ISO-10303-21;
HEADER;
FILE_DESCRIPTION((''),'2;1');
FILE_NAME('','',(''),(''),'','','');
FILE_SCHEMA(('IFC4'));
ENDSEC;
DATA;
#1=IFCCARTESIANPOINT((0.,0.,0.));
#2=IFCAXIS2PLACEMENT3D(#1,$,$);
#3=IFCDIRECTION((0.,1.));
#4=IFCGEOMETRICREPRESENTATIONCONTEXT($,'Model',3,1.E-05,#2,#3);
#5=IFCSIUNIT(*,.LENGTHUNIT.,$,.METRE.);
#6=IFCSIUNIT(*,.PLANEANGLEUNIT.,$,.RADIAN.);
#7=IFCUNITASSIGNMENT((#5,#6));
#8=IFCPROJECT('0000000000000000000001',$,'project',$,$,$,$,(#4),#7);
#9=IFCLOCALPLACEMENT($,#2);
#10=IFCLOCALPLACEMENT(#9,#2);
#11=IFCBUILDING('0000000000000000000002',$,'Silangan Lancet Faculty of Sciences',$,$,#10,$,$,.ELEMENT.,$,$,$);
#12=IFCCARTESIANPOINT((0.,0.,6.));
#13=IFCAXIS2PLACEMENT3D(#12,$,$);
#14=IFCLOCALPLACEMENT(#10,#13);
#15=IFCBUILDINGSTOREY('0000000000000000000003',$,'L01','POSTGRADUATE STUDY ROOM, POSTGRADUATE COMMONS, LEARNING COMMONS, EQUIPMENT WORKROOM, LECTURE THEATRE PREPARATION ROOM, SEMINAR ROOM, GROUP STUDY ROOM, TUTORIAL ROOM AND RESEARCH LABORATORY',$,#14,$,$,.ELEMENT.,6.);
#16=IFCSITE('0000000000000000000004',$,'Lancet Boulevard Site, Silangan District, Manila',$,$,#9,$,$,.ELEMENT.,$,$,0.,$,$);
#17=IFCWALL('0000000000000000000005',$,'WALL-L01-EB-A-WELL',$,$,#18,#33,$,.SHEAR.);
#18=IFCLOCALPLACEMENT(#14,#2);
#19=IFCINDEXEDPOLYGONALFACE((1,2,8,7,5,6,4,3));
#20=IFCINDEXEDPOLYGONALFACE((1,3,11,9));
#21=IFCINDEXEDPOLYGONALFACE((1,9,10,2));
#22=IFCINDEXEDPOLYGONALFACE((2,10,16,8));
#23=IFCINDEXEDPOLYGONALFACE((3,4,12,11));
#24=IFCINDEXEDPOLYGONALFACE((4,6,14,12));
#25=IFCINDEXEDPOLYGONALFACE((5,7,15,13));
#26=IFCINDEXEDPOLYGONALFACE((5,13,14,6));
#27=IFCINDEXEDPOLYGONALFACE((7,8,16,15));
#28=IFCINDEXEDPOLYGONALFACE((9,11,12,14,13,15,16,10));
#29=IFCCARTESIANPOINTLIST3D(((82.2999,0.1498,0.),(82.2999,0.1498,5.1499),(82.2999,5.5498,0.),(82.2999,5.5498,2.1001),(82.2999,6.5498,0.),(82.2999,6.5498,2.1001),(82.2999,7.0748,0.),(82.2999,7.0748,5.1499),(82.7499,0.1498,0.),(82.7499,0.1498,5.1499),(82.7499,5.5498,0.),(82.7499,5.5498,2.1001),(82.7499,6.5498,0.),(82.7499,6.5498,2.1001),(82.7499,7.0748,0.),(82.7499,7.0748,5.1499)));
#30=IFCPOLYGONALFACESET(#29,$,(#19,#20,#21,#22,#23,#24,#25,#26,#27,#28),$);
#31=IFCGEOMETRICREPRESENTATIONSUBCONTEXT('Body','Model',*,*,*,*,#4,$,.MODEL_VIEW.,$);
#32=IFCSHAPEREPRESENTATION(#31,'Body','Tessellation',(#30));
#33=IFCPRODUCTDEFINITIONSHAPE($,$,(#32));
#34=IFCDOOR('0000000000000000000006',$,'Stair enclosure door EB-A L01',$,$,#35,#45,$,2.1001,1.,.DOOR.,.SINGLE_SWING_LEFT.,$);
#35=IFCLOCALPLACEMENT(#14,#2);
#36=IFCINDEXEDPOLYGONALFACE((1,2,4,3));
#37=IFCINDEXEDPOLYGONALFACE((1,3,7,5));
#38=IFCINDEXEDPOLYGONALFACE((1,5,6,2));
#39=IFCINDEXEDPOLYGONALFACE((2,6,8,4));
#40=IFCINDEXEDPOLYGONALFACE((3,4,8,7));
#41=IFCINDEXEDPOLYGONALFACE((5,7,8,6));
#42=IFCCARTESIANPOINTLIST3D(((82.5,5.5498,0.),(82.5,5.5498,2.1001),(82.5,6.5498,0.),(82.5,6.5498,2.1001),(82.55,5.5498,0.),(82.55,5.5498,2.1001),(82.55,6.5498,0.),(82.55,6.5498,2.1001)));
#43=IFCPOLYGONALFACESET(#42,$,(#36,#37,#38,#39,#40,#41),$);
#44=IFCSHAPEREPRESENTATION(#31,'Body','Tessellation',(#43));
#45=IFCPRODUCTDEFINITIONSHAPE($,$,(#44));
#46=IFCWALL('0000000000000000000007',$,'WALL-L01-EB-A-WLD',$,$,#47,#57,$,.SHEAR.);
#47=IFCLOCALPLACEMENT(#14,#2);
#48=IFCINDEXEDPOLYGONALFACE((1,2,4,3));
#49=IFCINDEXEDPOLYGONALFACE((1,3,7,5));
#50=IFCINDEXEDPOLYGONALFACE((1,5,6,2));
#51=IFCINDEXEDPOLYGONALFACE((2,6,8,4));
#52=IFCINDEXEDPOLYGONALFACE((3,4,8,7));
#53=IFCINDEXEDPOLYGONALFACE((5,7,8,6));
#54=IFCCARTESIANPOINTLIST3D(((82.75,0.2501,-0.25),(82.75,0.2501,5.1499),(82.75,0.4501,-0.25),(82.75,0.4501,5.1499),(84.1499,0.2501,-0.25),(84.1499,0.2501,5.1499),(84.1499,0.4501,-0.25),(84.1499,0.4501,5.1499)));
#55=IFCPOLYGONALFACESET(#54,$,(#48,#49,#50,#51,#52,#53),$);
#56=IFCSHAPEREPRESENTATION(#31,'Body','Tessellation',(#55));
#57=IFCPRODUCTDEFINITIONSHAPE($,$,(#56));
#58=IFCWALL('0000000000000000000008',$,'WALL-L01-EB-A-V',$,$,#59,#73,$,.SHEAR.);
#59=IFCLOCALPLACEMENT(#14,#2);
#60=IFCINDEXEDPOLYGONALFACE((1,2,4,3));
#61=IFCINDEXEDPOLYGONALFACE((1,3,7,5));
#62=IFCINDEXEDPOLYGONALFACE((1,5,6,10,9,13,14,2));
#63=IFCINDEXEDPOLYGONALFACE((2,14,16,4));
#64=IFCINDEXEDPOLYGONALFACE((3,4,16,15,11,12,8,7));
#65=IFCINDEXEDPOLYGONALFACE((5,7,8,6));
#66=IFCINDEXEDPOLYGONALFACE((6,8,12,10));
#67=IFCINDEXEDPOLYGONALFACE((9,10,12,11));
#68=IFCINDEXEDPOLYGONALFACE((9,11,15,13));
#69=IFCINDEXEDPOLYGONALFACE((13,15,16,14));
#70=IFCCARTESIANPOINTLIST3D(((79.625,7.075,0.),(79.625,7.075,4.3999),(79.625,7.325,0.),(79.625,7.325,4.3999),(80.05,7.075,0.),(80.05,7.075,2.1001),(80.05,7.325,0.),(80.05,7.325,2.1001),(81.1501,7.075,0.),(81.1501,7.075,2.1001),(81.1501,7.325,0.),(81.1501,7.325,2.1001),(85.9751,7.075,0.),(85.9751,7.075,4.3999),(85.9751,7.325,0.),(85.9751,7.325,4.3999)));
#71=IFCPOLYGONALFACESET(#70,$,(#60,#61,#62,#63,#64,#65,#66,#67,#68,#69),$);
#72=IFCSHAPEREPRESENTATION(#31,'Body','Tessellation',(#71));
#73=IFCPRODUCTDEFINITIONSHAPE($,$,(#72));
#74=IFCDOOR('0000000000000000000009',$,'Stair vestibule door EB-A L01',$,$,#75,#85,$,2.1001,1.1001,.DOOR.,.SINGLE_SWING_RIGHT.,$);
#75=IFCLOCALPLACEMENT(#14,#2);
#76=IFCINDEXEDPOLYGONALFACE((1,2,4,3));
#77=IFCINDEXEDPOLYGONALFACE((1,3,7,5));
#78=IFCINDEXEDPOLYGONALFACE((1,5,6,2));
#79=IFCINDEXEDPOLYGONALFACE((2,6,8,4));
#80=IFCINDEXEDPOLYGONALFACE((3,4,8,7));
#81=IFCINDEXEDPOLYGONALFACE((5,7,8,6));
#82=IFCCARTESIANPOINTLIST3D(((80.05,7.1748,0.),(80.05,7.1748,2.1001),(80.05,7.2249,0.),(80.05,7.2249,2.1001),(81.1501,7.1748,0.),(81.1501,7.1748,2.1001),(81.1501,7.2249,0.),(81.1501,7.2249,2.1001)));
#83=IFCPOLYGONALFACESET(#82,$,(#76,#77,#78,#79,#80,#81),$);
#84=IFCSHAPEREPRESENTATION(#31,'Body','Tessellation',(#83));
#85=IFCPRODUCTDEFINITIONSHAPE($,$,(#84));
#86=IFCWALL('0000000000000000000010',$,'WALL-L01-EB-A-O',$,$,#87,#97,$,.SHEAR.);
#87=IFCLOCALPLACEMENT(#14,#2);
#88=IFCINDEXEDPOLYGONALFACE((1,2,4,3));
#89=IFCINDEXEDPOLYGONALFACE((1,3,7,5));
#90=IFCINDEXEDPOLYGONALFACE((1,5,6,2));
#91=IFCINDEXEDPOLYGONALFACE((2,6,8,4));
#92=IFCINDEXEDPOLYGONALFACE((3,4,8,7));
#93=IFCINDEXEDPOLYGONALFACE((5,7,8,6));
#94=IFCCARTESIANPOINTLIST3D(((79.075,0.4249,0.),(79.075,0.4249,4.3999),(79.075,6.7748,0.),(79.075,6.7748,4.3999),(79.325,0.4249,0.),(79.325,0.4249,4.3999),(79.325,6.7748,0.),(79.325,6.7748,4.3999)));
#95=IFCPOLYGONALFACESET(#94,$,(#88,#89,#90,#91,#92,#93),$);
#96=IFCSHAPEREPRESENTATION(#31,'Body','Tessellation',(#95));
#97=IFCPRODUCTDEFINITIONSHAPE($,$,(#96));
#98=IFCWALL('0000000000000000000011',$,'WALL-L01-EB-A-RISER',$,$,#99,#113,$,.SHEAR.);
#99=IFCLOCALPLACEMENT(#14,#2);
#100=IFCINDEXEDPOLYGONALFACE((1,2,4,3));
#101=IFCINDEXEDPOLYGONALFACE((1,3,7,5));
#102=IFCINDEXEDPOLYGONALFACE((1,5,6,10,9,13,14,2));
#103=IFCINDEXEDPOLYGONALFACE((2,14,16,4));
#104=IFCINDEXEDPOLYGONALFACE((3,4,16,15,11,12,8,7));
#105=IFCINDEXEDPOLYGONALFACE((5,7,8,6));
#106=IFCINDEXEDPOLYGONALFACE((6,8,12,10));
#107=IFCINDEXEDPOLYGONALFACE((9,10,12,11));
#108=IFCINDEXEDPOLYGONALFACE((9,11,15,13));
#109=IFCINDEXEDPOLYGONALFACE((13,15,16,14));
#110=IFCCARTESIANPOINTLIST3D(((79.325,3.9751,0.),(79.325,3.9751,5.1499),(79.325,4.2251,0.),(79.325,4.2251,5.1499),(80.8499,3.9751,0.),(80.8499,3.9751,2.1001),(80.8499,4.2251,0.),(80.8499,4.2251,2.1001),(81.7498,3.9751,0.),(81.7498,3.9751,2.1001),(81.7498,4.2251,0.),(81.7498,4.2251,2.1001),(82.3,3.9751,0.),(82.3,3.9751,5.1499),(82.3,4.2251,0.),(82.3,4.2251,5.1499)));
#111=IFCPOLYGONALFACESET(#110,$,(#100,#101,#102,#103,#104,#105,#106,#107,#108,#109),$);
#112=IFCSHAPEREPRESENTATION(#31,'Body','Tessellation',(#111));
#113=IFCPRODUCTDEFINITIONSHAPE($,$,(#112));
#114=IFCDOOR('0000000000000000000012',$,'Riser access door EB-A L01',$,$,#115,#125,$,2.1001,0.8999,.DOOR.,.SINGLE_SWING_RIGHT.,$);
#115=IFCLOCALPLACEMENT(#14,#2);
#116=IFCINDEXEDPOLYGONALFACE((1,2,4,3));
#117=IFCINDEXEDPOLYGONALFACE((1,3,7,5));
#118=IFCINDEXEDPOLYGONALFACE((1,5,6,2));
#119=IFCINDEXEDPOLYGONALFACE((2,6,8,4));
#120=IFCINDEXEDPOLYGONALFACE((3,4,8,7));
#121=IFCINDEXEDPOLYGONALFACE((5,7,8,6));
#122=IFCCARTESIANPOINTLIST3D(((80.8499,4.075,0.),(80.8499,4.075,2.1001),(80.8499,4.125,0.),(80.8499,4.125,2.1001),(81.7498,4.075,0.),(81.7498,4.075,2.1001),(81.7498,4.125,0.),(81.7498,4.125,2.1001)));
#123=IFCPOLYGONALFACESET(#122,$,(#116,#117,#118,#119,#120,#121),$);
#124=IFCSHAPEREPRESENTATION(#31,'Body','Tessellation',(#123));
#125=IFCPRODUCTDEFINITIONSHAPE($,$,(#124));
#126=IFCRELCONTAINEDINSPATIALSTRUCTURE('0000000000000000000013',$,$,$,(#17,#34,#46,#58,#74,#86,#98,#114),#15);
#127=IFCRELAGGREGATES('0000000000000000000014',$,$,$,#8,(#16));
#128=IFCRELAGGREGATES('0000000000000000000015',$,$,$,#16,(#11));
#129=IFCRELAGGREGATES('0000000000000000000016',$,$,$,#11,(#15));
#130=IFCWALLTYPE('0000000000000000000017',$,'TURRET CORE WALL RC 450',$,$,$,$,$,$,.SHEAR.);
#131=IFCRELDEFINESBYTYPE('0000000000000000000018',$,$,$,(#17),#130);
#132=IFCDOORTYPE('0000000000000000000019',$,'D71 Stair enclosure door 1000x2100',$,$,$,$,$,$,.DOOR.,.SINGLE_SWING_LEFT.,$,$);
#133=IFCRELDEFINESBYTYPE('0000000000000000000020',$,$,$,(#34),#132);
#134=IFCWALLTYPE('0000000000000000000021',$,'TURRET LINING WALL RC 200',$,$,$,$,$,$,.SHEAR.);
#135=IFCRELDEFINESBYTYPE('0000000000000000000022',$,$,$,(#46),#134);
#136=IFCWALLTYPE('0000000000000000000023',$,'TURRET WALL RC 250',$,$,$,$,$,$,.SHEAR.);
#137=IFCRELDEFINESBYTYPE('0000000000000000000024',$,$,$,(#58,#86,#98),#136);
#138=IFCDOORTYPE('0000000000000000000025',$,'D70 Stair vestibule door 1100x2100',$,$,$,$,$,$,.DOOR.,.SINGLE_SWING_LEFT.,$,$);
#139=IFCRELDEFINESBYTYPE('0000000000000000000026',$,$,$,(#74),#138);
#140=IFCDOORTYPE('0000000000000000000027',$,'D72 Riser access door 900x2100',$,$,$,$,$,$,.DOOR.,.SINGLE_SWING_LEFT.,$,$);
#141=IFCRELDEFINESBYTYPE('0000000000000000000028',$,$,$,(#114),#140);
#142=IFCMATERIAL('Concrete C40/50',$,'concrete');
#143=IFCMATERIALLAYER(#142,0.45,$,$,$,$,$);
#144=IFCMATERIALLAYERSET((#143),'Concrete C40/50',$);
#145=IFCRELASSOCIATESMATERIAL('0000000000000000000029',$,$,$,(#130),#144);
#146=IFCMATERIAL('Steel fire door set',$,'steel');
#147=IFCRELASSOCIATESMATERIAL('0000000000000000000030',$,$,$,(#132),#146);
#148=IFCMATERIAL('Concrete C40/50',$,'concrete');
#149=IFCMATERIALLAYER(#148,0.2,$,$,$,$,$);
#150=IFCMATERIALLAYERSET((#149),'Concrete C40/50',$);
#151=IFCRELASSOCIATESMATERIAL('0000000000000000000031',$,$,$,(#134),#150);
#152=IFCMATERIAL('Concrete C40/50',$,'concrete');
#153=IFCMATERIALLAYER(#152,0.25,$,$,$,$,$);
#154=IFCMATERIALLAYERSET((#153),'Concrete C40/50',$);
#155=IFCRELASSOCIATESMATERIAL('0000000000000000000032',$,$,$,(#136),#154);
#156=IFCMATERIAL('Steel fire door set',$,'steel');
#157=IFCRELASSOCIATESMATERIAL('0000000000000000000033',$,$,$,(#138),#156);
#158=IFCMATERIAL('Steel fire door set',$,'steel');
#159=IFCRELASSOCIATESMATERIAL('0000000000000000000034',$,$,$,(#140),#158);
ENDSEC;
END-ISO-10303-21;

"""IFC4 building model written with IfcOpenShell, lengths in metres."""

from ifc_helpers import new_model, si_unit, direction, frame, frame_2d, origin, place, context, subcontext, project, spatial, rectangle, extrude, material, layer, layer_set, type_object, element, fill, save


model = new_model("IFC4")

# Units and contexts
model_context = context("Model", 3, precision=1e-05, world=origin(), true_north=direction((0.0, 1.0)))
body_context = subcontext(model_context, "Body", "Model", "MODEL_VIEW")
ifc_project = project(units=[si_unit("LENGTHUNIT", "METRE"), si_unit("PLANEANGLEUNIT", "RADIAN")], contexts=[model_context])

# Site, building, storey
site_placement = place(None, origin())
site = spatial("IfcSite", under=ifc_project, at=site_placement, Name="Lancet Boulevard Site, Silangan District, Manila", CompositionType="ELEMENT", RefElevation=0.0)
building_placement = place(site_placement, origin())
building = spatial("IfcBuilding", under=site, at=building_placement, Name="Silangan Lancet Faculty of Sciences", CompositionType="ELEMENT")
storey_placement = place(building_placement, frame((0.0, 0.0, 6.0)))
storey = spatial("IfcBuildingStorey", under=building, at=storey_placement, Name="L01", Description="POSTGRADUATE STUDY ROOM, POSTGRADUATE COMMONS, LEARNING COMMONS, EQUIPMENT WORKROOM, LECTURE THEATRE PREPARATION ROOM, SEMINAR ROOM, GROUP STUDY ROOM, TUTORIAL ROOM AND RESEARCH LABORATORY", CompositionType="ELEMENT", Elevation=6.0)

# Wall, opening, door
ifc_material_1 = material(Name="Concrete C40/50", Category="concrete")
ifc_layer_1 = layer(ifc_material_1, 0.45)
ifc_layer_set_1 = layer_set([ifc_layer_1], Name="Concrete C40/50")
wall_type_1 = type_object("IfcWallType", Name="TURRET CORE WALL RC 450", PredefinedType="SHEAR", material=ifc_layer_set_1)
wall_1_placement = place(storey_placement, frame((82.5249, 0.1499, 0.0), z_axis=(0.0, 0.0, 1.0), x_axis=(0.0, 1.0, 0.0)))
wall_1 = element("IfcWall", 1, at=wall_1_placement, inside=storey, type_object=wall_type_1, Name="WALL-L01-EB-A-WELL", PredefinedType="SHEAR", context=body_context, shape_type="SweptSolid", body=[
    extrude(rectangle(XDim=6.925, YDim=0.45, at=frame_2d((3.4624, 0.0))), origin(), (0.0, 0.0, 1.0), 5.1499),
])
opening_1_placement = place(wall_1_placement, frame((5.3999, 0.0, 0.0)))
opening_1 = element("IfcOpeningElement", 2, at=opening_1_placement, cuts=wall_1, PredefinedType="OPENING", context=body_context, shape_type="SweptSolid", body=[
    extrude(rectangle(XDim=1.0, YDim=2.1001, at=frame_2d((0.5, 1.05))), frame((0.0, 0.2349, 0.0), z_axis=(0.0, -1.0, 0.0), x_axis=(1.0, 0.0, 0.0)), (0.0, 0.0, 1.0), 0.47),
])
ifc_material_2 = material(Name="Steel fire door set", Category="steel")
door_type_1 = type_object("IfcDoorType", Name="D71 Stair enclosure door 1000x2100", OperationType="SINGLE_SWING_LEFT", PredefinedType="DOOR", material=ifc_material_2)
door_1_placement = place(opening_1_placement, frame((1.0, 0.0, 0.0), z_axis=(0.0, 0.0, 1.0), x_axis=(-1.0, 0.0, 0.0)))
door_1 = element("IfcDoor", 3, at=door_1_placement, inside=storey, type_object=door_type_1, Name="Stair enclosure door EB-A L01", OperationType="SINGLE_SWING_LEFT", OverallHeight=2.1001, OverallWidth=1.0, PredefinedType="DOOR", context=body_context, shape_type="SweptSolid", body=[
    extrude(rectangle(XDim=1.0, YDim=2.1001, at=frame_2d((0.5, 1.05))), frame((0.0, 0.0251, 0.0), z_axis=(0.0, -1.0, 0.0), x_axis=(1.0, 0.0, 0.0)), (0.0, 0.0, 1.0), 0.05),
])
fill(opening_1, door_1)

# Wall
ifc_material_3 = material(Name="Concrete C40/50", Category="concrete")
ifc_layer_2 = layer(ifc_material_3, 0.2)
ifc_layer_set_2 = layer_set([ifc_layer_2], Name="Concrete C40/50")
wall_type_2 = type_object("IfcWallType", Name="TURRET LINING WALL RC 200", PredefinedType="SHEAR", material=ifc_layer_set_2)
wall_2_placement = place(storey_placement, frame((82.75, 0.3501, -0.25), z_axis=(0.0, 0.0, 1.0), x_axis=(1.0, 0.0, 0.0)))
element("IfcWall", 4, at=wall_2_placement, inside=storey, type_object=wall_type_2, Name="WALL-L01-EB-A-WLD", PredefinedType="SHEAR", context=body_context, shape_type="SweptSolid", body=[
    extrude(rectangle(XDim=1.3999, YDim=0.2, at=frame_2d((0.7, 0.0))), origin(), (0.0, 0.0, 1.0), 5.3999),
])

# Wall, opening, door
ifc_material_4 = material(Name="Concrete C40/50", Category="concrete")
ifc_layer_3 = layer(ifc_material_4, 0.25)
ifc_layer_set_3 = layer_set([ifc_layer_3], Name="Concrete C40/50")
wall_type_3 = type_object("IfcWallType", Name="TURRET WALL RC 250", PredefinedType="SHEAR", material=ifc_layer_set_3)
wall_3_placement = place(storey_placement, frame((79.625, 7.2, 0.0), z_axis=(0.0, 0.0, 1.0), x_axis=(1.0, 0.0, 0.0)))
wall_3 = element("IfcWall", 5, at=wall_3_placement, inside=storey, type_object=wall_type_3, Name="WALL-L01-EB-A-V", PredefinedType="SHEAR", context=body_context, shape_type="SweptSolid", body=[
    extrude(rectangle(XDim=6.3501, YDim=0.25, at=frame_2d((3.175, 0.0))), origin(), (0.0, 0.0, 1.0), 4.3999),
])
opening_2_placement = place(wall_3_placement, frame((0.425, 0.0, 0.0)))
opening_2 = element("IfcOpeningElement", 6, at=opening_2_placement, cuts=wall_3, PredefinedType="OPENING", context=body_context, shape_type="SweptSolid", body=[
    extrude(rectangle(XDim=1.1001, YDim=2.1001, at=frame_2d((0.55, 1.05))), frame((0.0, 0.135, 0.0), z_axis=(0.0, -1.0, 0.0), x_axis=(1.0, 0.0, 0.0)), (0.0, 0.0, 1.0), 0.27),
])
ifc_material_5 = material(Name="Steel fire door set", Category="steel")
door_type_2 = type_object("IfcDoorType", Name="D70 Stair vestibule door 1100x2100", OperationType="SINGLE_SWING_LEFT", PredefinedType="DOOR", material=ifc_material_5)
door_2_placement = place(opening_2_placement, frame((1.1001, 0.0, 0.0), z_axis=(0.0, 0.0, 1.0), x_axis=(-1.0, 0.0, 0.0)))
door_2 = element("IfcDoor", 7, at=door_2_placement, inside=storey, type_object=door_type_2, Name="Stair vestibule door EB-A L01", OperationType="SINGLE_SWING_RIGHT", OverallHeight=2.1001, OverallWidth=1.1001, PredefinedType="DOOR", context=body_context, shape_type="SweptSolid", body=[
    extrude(rectangle(XDim=1.1001, YDim=2.1001, at=frame_2d((0.55, 1.05))), frame((0.0, 0.0251, 0.0), z_axis=(0.0, -1.0, 0.0), x_axis=(1.0, 0.0, 0.0)), (0.0, 0.0, 1.0), 0.05),
])
fill(opening_2, door_2)

# Wall
wall_4_placement = place(storey_placement, frame((79.2, 0.425, 0.0), z_axis=(0.0, 0.0, 1.0), x_axis=(0.0, 1.0, 0.0)))
element("IfcWall", 8, at=wall_4_placement, inside=storey, type_object=wall_type_3, Name="WALL-L01-EB-A-O", PredefinedType="SHEAR", context=body_context, shape_type="SweptSolid", body=[
    extrude(rectangle(XDim=6.3499, YDim=0.25, at=frame_2d((3.1748, 0.0))), origin(), (0.0, 0.0, 1.0), 4.3999),
])

# Wall, opening, door
wall_5_placement = place(storey_placement, frame((79.325, 4.1001, 0.0), z_axis=(0.0, 0.0, 1.0), x_axis=(1.0, 0.0, 0.0)))
wall_5 = element("IfcWall", 9, at=wall_5_placement, inside=storey, type_object=wall_type_3, Name="WALL-L01-EB-A-RISER", PredefinedType="SHEAR", context=body_context, shape_type="SweptSolid", body=[
    extrude(rectangle(XDim=2.9751, YDim=0.25, at=frame_2d((1.4875, 0.0))), origin(), (0.0, 0.0, 1.0), 5.1499),
])
opening_3_placement = place(wall_5_placement, frame((1.5249, 0.0, 0.0)))
opening_3 = element("IfcOpeningElement", 10, at=opening_3_placement, cuts=wall_5, PredefinedType="OPENING", context=body_context, shape_type="SweptSolid", body=[
    extrude(rectangle(XDim=0.8999, YDim=2.1001, at=frame_2d((0.45, 1.05))), frame((0.0, 0.135, 0.0), z_axis=(0.0, -1.0, 0.0), x_axis=(1.0, 0.0, 0.0)), (0.0, 0.0, 1.0), 0.27),
])
ifc_material_6 = material(Name="Steel fire door set", Category="steel")
door_type_3 = type_object("IfcDoorType", Name="D72 Riser access door 900x2100", OperationType="SINGLE_SWING_LEFT", PredefinedType="DOOR", material=ifc_material_6)
door_3_placement = place(opening_3_placement, frame((0.8999, 0.0, 0.0), z_axis=(0.0, 0.0, 1.0), x_axis=(-1.0, 0.0, 0.0)))
door_3 = element("IfcDoor", 11, at=door_3_placement, inside=storey, type_object=door_type_3, Name="Riser access door EB-A L01", OperationType="SINGLE_SWING_RIGHT", OverallHeight=2.1001, OverallWidth=0.8999, PredefinedType="DOOR", context=body_context, shape_type="SweptSolid", body=[
    extrude(rectangle(XDim=0.8999, YDim=2.1001, at=frame_2d((0.45, 1.05))), frame((0.0, 0.0251, 0.0), z_axis=(0.0, -1.0, 0.0), x_axis=(1.0, 0.0, 0.0)), (0.0, 0.0, 1.0), 0.05),
])
fill(opening_3, door_3)

save(model, "model.ifc")
